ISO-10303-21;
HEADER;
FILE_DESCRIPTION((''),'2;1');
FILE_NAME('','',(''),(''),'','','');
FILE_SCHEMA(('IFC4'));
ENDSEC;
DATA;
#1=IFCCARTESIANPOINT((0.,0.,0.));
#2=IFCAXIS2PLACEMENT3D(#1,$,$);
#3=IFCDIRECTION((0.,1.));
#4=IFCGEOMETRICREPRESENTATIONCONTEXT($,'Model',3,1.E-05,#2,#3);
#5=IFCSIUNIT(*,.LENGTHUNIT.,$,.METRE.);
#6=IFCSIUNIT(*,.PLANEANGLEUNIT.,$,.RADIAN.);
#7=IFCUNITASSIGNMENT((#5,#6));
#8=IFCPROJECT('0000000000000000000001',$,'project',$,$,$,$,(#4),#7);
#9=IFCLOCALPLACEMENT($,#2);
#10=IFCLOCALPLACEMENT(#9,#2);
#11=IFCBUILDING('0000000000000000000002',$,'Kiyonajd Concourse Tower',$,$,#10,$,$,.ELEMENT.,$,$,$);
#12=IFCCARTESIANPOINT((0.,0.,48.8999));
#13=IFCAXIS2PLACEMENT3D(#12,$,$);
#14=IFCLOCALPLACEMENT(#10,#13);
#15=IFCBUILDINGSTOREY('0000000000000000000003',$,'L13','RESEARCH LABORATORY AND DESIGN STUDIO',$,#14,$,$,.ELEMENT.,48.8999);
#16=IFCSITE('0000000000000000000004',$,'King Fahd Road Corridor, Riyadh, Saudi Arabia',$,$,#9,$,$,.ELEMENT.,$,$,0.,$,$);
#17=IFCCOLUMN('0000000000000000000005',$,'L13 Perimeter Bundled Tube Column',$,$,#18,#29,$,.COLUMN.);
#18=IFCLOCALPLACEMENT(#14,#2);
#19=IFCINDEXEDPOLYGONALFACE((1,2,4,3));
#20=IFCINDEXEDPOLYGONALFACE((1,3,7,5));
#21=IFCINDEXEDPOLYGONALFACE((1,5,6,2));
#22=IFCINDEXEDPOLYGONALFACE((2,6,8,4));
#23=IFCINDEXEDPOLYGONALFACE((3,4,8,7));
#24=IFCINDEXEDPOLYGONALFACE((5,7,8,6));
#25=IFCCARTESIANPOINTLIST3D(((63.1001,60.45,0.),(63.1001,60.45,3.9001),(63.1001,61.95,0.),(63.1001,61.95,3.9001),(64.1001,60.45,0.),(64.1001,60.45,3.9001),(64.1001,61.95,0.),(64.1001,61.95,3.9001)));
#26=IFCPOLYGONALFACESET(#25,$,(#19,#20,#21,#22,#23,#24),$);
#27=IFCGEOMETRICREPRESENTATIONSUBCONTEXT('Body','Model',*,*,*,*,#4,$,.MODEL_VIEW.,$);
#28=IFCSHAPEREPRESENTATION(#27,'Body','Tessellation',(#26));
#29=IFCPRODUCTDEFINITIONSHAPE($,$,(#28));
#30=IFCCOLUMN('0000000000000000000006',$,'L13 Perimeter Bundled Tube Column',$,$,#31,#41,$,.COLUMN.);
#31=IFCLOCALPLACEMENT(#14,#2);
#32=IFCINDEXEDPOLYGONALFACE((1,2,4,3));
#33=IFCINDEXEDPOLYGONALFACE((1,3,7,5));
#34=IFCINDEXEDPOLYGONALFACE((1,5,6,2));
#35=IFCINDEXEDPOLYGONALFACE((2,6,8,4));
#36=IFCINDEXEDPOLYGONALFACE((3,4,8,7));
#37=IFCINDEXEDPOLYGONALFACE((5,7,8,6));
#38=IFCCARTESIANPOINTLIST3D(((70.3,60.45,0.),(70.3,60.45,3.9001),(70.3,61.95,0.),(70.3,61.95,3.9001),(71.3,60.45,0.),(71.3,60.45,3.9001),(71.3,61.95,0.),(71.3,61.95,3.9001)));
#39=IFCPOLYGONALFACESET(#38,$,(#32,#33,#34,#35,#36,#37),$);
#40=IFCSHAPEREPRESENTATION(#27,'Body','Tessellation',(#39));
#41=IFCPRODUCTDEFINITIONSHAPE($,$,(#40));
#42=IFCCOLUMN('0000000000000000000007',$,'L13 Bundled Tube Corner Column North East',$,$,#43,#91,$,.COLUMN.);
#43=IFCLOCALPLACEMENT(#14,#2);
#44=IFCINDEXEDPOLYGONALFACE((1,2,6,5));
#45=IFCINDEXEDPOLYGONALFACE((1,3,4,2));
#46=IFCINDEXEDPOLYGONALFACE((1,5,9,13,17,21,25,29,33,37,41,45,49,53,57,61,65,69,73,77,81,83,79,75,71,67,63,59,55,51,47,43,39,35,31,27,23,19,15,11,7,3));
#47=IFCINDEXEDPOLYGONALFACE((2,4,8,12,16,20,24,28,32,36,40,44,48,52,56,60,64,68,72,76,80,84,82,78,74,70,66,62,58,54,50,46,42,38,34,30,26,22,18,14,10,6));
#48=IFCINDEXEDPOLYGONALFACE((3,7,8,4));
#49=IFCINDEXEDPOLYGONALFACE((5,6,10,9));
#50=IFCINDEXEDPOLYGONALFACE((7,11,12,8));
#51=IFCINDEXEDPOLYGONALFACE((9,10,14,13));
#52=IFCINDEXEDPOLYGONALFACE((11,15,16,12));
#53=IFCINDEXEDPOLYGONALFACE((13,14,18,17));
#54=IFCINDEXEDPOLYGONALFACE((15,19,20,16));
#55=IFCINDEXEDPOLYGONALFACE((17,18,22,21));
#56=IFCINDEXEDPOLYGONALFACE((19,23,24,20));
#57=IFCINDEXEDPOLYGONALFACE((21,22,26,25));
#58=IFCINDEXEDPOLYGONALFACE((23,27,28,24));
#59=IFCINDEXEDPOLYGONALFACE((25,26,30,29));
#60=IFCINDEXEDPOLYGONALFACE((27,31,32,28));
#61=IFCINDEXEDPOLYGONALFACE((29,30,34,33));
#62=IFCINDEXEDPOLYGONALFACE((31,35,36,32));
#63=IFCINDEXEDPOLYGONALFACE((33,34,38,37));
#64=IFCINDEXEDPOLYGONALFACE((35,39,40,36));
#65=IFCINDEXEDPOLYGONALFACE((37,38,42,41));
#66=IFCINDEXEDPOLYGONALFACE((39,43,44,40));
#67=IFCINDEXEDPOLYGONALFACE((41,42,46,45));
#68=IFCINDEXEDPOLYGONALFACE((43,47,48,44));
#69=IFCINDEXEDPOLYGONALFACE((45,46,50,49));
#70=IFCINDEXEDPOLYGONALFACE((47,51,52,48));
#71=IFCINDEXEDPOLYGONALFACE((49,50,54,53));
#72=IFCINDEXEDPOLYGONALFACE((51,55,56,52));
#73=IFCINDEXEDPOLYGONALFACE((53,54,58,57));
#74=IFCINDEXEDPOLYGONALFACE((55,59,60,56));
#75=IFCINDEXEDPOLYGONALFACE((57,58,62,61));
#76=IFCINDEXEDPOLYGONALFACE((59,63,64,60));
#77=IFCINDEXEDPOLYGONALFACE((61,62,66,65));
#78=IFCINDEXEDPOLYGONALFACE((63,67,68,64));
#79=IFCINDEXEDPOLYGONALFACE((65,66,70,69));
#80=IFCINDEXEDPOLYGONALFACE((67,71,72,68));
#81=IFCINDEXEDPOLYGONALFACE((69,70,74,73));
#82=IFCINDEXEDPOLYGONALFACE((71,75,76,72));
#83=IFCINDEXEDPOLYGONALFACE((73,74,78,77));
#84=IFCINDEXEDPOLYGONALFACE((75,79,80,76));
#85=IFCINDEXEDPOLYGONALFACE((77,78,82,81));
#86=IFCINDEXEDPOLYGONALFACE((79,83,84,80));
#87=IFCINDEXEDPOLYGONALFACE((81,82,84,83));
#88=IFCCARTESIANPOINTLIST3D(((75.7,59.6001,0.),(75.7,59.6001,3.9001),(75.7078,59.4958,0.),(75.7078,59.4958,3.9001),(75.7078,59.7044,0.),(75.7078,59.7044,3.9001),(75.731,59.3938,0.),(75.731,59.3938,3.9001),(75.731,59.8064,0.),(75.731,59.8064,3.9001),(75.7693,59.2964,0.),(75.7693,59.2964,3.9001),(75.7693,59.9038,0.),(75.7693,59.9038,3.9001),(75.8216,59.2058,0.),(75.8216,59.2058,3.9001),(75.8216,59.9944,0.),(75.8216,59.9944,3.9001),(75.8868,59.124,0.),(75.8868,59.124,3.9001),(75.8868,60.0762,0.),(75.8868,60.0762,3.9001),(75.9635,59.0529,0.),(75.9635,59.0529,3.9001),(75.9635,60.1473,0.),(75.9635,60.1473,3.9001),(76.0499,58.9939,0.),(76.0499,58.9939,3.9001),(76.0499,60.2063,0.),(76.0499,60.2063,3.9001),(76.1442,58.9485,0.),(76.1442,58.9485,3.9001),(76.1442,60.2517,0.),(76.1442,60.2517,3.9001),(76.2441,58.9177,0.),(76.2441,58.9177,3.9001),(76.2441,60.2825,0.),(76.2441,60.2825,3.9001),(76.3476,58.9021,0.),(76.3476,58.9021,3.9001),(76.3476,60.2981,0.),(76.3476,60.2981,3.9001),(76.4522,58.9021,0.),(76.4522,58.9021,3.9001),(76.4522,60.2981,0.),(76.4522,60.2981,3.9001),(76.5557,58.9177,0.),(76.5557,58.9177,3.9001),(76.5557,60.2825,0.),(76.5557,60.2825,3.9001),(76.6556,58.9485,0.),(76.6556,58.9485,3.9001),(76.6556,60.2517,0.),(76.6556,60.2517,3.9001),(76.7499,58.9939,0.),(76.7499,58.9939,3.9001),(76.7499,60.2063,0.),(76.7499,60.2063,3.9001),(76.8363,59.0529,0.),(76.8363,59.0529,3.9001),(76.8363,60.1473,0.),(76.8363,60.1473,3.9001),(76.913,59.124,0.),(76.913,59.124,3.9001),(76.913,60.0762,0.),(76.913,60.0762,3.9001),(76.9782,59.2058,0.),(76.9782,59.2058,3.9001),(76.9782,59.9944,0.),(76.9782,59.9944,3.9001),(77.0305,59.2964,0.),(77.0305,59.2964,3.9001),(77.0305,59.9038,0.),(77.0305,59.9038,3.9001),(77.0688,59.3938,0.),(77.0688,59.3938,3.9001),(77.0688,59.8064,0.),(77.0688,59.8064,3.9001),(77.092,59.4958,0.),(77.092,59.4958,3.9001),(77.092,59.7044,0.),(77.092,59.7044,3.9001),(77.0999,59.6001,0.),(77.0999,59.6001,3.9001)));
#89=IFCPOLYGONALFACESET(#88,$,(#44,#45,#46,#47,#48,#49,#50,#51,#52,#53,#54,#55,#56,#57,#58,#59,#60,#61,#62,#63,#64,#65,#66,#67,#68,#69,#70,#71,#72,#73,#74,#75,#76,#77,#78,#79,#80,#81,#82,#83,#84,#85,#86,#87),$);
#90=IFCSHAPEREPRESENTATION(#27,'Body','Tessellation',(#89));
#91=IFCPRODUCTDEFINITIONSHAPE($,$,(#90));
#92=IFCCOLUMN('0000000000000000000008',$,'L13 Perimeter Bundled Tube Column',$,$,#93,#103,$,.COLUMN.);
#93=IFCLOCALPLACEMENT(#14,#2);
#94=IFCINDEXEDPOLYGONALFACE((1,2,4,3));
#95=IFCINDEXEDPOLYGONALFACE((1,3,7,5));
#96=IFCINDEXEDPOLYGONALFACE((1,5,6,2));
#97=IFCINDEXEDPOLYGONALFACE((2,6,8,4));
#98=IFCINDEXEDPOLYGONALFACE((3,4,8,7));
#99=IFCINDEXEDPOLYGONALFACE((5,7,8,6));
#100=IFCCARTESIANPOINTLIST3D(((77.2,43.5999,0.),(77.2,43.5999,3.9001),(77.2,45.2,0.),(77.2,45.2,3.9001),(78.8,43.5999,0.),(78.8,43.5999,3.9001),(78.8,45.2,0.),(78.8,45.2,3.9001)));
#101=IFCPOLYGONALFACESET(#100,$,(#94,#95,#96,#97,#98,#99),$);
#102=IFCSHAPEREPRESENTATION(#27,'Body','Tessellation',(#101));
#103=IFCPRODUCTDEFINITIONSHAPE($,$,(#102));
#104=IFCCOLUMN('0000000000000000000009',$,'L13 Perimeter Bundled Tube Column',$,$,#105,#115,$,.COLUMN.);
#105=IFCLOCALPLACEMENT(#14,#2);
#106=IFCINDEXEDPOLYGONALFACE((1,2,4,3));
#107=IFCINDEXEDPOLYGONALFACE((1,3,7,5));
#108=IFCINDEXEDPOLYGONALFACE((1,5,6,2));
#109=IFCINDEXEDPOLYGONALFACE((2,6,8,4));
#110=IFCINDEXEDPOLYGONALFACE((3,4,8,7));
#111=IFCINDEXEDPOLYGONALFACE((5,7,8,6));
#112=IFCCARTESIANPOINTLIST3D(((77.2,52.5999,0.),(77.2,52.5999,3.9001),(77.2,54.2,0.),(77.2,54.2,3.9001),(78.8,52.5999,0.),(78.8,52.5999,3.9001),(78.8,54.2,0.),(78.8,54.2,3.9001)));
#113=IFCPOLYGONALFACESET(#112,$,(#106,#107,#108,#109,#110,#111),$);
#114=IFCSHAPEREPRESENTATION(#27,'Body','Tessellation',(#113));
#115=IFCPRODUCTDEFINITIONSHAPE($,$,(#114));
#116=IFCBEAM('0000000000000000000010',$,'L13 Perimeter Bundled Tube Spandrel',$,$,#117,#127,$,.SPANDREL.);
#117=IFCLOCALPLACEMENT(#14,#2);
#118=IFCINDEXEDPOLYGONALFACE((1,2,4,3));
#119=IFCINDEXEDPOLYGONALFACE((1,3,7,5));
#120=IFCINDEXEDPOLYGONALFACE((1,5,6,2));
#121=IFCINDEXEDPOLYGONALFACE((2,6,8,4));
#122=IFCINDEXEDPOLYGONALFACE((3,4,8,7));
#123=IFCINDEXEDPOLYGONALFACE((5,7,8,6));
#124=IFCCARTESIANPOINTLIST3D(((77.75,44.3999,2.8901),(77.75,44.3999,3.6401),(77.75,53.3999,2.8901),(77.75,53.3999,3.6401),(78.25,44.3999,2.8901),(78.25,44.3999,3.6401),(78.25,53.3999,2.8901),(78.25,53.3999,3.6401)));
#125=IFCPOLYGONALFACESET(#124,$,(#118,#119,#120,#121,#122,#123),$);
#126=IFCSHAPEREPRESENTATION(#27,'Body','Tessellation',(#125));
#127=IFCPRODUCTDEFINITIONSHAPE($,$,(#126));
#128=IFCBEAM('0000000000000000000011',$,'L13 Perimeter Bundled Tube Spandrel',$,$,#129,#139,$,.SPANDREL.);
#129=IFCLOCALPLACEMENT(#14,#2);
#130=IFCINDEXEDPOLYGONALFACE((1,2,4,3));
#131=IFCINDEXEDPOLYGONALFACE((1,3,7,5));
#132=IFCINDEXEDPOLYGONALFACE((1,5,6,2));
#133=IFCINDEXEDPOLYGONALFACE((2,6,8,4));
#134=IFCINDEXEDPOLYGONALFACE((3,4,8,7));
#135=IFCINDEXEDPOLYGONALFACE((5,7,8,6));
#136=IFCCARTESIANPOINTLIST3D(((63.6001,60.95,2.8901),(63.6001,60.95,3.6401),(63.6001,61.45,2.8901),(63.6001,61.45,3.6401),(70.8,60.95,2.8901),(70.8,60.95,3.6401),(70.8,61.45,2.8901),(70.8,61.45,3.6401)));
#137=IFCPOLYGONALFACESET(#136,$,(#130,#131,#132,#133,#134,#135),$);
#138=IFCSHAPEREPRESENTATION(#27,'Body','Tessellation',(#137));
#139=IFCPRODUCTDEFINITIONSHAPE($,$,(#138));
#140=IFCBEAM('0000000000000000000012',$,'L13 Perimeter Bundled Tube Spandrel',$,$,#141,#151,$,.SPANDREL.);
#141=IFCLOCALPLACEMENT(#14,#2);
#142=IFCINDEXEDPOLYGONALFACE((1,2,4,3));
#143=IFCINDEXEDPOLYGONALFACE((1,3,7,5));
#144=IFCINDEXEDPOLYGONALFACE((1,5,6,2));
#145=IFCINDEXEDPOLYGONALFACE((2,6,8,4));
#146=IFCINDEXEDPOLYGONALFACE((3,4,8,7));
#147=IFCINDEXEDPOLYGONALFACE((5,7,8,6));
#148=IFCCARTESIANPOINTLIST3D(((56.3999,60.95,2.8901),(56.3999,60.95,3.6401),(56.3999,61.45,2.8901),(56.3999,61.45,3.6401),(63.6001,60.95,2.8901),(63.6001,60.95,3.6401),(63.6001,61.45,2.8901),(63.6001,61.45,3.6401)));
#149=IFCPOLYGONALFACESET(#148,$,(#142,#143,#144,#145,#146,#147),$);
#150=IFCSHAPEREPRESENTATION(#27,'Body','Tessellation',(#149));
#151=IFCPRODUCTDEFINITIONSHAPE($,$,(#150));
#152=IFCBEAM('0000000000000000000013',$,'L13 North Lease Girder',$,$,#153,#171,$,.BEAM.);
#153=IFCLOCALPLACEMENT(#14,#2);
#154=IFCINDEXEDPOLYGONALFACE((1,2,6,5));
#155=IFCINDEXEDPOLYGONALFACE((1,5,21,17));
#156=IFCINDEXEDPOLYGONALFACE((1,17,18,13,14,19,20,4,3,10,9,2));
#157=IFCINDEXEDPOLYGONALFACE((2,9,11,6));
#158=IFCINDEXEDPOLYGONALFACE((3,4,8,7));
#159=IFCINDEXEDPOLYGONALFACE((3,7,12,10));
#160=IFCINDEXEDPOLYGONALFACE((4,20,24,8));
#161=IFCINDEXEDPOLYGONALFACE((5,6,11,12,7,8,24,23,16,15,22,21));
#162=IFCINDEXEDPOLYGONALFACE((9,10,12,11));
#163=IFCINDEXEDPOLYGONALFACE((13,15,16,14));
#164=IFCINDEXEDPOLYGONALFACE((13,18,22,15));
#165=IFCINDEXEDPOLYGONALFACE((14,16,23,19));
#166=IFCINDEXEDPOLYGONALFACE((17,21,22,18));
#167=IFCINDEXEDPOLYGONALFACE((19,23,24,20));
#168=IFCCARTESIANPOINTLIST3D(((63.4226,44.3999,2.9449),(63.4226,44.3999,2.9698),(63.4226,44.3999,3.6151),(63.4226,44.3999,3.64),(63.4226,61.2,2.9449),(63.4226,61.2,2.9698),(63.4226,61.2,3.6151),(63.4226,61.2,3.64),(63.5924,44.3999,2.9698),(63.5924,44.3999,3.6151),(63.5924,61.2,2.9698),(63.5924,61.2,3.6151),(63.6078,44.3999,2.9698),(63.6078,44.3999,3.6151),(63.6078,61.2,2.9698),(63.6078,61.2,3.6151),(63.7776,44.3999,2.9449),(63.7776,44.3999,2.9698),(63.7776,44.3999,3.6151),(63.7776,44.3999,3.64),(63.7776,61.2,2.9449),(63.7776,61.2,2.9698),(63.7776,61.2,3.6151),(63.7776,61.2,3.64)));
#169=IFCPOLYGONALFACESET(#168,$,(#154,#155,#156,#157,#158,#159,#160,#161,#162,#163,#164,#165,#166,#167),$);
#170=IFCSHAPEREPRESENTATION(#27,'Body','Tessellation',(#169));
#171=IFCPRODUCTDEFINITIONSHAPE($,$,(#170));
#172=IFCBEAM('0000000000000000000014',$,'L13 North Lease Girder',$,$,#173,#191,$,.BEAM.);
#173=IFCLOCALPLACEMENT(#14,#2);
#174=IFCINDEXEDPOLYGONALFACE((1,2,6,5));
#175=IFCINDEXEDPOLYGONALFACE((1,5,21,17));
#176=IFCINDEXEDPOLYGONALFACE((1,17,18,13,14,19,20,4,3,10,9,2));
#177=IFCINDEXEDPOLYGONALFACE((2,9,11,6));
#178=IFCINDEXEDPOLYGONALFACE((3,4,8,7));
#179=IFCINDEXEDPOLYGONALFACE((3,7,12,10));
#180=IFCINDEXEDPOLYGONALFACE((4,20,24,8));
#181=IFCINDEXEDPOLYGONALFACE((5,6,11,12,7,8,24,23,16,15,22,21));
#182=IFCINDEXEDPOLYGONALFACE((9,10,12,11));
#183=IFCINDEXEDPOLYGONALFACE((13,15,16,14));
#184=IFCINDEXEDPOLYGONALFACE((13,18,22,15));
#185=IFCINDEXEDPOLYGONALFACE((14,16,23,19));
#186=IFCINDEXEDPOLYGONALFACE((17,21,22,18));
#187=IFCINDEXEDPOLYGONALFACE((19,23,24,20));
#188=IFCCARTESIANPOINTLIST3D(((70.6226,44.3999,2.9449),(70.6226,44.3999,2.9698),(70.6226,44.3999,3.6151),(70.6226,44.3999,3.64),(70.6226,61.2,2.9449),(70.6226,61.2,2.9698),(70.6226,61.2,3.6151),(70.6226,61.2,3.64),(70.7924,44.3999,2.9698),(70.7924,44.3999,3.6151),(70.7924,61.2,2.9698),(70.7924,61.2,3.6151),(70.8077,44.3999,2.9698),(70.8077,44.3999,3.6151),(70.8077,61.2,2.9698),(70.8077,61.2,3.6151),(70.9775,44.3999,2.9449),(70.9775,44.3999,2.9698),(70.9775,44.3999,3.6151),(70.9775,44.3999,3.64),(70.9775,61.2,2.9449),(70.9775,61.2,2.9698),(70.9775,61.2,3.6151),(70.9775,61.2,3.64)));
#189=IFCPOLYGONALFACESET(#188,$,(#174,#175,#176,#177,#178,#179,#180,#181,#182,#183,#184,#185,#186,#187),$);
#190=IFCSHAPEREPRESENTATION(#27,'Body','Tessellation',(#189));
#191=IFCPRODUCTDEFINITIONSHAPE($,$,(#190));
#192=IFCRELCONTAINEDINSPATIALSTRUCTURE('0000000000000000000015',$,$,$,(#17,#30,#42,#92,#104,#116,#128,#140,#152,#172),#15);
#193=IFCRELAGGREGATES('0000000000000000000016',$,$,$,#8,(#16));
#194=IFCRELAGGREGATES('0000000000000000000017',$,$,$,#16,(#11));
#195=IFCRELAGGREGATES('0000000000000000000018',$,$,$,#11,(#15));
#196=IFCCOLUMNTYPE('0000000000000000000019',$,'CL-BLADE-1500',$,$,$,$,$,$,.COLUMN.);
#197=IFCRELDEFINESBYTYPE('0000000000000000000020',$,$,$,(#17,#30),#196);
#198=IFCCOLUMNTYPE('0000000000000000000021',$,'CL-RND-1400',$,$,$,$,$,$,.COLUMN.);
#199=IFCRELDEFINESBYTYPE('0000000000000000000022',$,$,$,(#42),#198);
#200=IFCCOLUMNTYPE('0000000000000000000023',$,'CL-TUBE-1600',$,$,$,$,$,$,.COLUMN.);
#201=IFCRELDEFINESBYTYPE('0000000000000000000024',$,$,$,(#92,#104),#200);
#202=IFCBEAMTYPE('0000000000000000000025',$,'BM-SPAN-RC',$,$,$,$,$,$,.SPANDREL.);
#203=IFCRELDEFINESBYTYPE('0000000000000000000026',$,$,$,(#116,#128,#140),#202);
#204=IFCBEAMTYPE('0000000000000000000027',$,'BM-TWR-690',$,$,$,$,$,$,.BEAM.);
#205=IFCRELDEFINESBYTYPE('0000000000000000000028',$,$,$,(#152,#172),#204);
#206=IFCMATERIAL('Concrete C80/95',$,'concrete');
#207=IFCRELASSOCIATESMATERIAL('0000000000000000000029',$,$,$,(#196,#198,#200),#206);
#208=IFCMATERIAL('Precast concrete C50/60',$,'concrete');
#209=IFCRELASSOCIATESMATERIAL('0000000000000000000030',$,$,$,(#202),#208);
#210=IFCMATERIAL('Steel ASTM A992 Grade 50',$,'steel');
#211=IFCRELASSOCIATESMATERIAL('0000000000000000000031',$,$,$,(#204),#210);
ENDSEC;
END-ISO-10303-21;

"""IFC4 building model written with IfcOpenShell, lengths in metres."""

from ifc_helpers import new_model, si_unit, direction, frame, origin, origin_2d, place, context, subcontext, project, spatial, rectangle, circle, i_section, extrude, material, material_profile, profile_set, type_object, element, save


model = new_model("IFC4")

# Units and contexts
model_context = context("Model", 3, precision=1e-05, world=origin(), true_north=direction((0.0, 1.0)))
body_context = subcontext(model_context, "Body", "Model", "MODEL_VIEW")
ifc_project = project(units=[si_unit("LENGTHUNIT", "METRE"), si_unit("PLANEANGLEUNIT", "RADIAN")], contexts=[model_context])

# Site, building, storey
site_placement = place(None, origin())
site = spatial("IfcSite", under=ifc_project, at=site_placement, Name="King Fahd Road Corridor, Riyadh, Saudi Arabia", CompositionType="ELEMENT", RefElevation=0.0)
building_placement = place(site_placement, origin())
building = spatial("IfcBuilding", under=site, at=building_placement, Name="Kiyonajd Concourse Tower", CompositionType="ELEMENT")
storey_placement = place(building_placement, frame((0.0, 0.0, 48.8999)))
storey = spatial("IfcBuildingStorey", under=building, at=storey_placement, Name="L13", Description="RESEARCH LABORATORY AND DESIGN STUDIO", CompositionType="ELEMENT", Elevation=48.8999)

# Columns
ifc_material_1 = material(Name="Concrete C80/95", Category="concrete")
ifc_material_profile_1 = material_profile(ifc_material_1, rectangle(XDim=1.0, YDim=1.5, at=origin_2d()), Name="RC-1500x1000")
ifc_profile_set_1 = profile_set([ifc_material_profile_1], Name="Concrete C80/95")
column_type_1 = type_object("IfcColumnType", Name="CL-BLADE-1500", PredefinedType="COLUMN", material=ifc_profile_set_1)
for number, where, z_axis, x_axis, name in (
    (1, (63.6001, 61.2, 0.0), (0.0, 0.0, 1.0), (1.0, 0.0, 0.0), "L13 Perimeter Bundled Tube Column"),
    (2, (70.8, 61.2, 0.0), (0.0, 0.0, 1.0), (1.0, 0.0, 0.0), "L13 Perimeter Bundled Tube Column"),
):
    element("IfcColumn", number, at=place(storey_placement, frame(where, z_axis=z_axis, x_axis=x_axis)), inside=storey, type_object=column_type_1, Name=name, PredefinedType="COLUMN", context=body_context, shape_type="SweptSolid", body=[
        extrude(rectangle(XDim=1.0, YDim=1.5, at=origin_2d()), origin(), (0.0, 0.0, 1.0), 3.9001),
    ])
ifc_material_profile_2 = material_profile(ifc_material_1, circle(Radius=0.7, at=origin_2d()), Name="RCC-D1400")
ifc_profile_set_2 = profile_set([ifc_material_profile_2], Name="Concrete C80/95")
column_type_2 = type_object("IfcColumnType", Name="CL-RND-1400", PredefinedType="COLUMN", material=ifc_profile_set_2)
column_placement = place(storey_placement, frame((76.3999, 59.6001, 0.0), z_axis=(0.0, 0.0, 1.0), x_axis=(1.0, 0.0, 0.0)))
element("IfcColumn", 3, at=column_placement, inside=storey, type_object=column_type_2, Name="L13 Bundled Tube Corner Column North East", PredefinedType="COLUMN", context=body_context, shape_type="SweptSolid", body=[
    extrude(circle(Radius=0.7, at=origin_2d()), origin(), (0.0, 0.0, 1.0), 3.9001),
])
ifc_material_profile_3 = material_profile(ifc_material_1, rectangle(XDim=1.6001, YDim=1.6001, at=origin_2d()), Name="RC-1600x1600")
ifc_profile_set_3 = profile_set([ifc_material_profile_3], Name="Concrete C80/95")
column_type_3 = type_object("IfcColumnType", Name="CL-TUBE-1600", PredefinedType="COLUMN", material=ifc_profile_set_3)
for number, where, z_axis, x_axis, name in (
    (4, (78.0, 44.3999, 0.0), (0.0, 0.0, 1.0), (1.0, 0.0, 0.0), "L13 Perimeter Bundled Tube Column"),
    (5, (78.0, 53.3999, 0.0), (0.0, 0.0, 1.0), (1.0, 0.0, 0.0), "L13 Perimeter Bundled Tube Column"),
):
    element("IfcColumn", number, at=place(storey_placement, frame(where, z_axis=z_axis, x_axis=x_axis)), inside=storey, type_object=column_type_3, Name=name, PredefinedType="COLUMN", context=body_context, shape_type="SweptSolid", body=[
        extrude(rectangle(XDim=1.6001, YDim=1.6001, at=origin_2d()), origin(), (0.0, 0.0, 1.0), 3.9001),
    ])

# Beams
ifc_material_2 = material(Name="Precast concrete C50/60", Category="concrete")
ifc_material_profile_4 = material_profile(ifc_material_2, rectangle(XDim=0.5, YDim=0.75, at=origin_2d()), Name="RCBM-500x750")
ifc_profile_set_4 = profile_set([ifc_material_profile_4], Name="Precast concrete C50/60")
beam_type_1 = type_object("IfcBeamType", Name="BM-SPAN-RC", PredefinedType="SPANDREL", material=ifc_profile_set_4)
beam_1_placement = place(storey_placement, frame((78.0, 44.3999, 3.2651), z_axis=(0.0, 1.0, 0.0), x_axis=(-1.0, 0.0, 0.0)))
element("IfcBeam", 6, at=beam_1_placement, inside=storey, type_object=beam_type_1, Name="L13 Perimeter Bundled Tube Spandrel", PredefinedType="SPANDREL", context=body_context, shape_type="SweptSolid", body=[
    extrude(rectangle(XDim=0.5, YDim=0.75, at=origin_2d()), origin(), (0.0, 0.0, 1.0), 9.0),
])
beam_2_placement = place(storey_placement, frame((70.8, 61.2, 3.2651), z_axis=(-1.0, 0.0, 0.0), x_axis=(0.0, -1.0, 0.0)))
element("IfcBeam", 7, at=beam_2_placement, inside=storey, type_object=beam_type_1, Name="L13 Perimeter Bundled Tube Spandrel", PredefinedType="SPANDREL", context=body_context, shape_type="SweptSolid", body=[
    extrude(rectangle(XDim=0.5, YDim=0.75, at=origin_2d()), origin(), (0.0, 0.0, 1.0), 7.2),
])
beam_3_placement = place(storey_placement, frame((63.6001, 61.2, 3.2651), z_axis=(-1.0, 0.0, 0.0), x_axis=(0.0, -1.0, 0.0)))
element("IfcBeam", 8, at=beam_3_placement, inside=storey, type_object=beam_type_1, Name="L13 Perimeter Bundled Tube Spandrel", PredefinedType="SPANDREL", context=body_context, shape_type="SweptSolid", body=[
    extrude(rectangle(XDim=0.5, YDim=0.75, at=origin_2d()), origin(), (0.0, 0.0, 1.0), 7.2002),
])
ifc_material_3 = material(Name="Steel ASTM A992 Grade 50", Category="steel")
ifc_material_profile_5 = material_profile(ifc_material_3, i_section(OverallWidth=0.355, OverallDepth=0.6951, WebThickness=0.0154, FlangeThickness=0.0249, at=origin_2d()), Name="W690X217")
ifc_profile_set_5 = profile_set([ifc_material_profile_5], Name="Steel ASTM A992 Grade 50")
beam_type_2 = type_object("IfcBeamType", Name="BM-TWR-690", PredefinedType="BEAM", material=ifc_profile_set_5)
for number, where, z_axis, x_axis, name in (
    (9, (63.6001, 44.3999, 3.2925), (0.0, 1.0, 0.0), (-1.0, 0.0, 0.0), "L13 North Lease Girder"),
    (10, (70.8, 44.3999, 3.2925), (0.0, 1.0, 0.0), (-1.0, 0.0, 0.0), "L13 North Lease Girder"),
):
    element("IfcBeam", number, at=place(storey_placement, frame(where, z_axis=z_axis, x_axis=x_axis)), inside=storey, type_object=beam_type_2, Name=name, PredefinedType="BEAM", context=body_context, shape_type="SweptSolid", body=[
        extrude(i_section(OverallWidth=0.355, OverallDepth=0.6951, WebThickness=0.0154, FlangeThickness=0.0249, at=origin_2d()), origin(), (0.0, 0.0, 1.0), 16.8),
    ])

save(model, "model.ifc")
